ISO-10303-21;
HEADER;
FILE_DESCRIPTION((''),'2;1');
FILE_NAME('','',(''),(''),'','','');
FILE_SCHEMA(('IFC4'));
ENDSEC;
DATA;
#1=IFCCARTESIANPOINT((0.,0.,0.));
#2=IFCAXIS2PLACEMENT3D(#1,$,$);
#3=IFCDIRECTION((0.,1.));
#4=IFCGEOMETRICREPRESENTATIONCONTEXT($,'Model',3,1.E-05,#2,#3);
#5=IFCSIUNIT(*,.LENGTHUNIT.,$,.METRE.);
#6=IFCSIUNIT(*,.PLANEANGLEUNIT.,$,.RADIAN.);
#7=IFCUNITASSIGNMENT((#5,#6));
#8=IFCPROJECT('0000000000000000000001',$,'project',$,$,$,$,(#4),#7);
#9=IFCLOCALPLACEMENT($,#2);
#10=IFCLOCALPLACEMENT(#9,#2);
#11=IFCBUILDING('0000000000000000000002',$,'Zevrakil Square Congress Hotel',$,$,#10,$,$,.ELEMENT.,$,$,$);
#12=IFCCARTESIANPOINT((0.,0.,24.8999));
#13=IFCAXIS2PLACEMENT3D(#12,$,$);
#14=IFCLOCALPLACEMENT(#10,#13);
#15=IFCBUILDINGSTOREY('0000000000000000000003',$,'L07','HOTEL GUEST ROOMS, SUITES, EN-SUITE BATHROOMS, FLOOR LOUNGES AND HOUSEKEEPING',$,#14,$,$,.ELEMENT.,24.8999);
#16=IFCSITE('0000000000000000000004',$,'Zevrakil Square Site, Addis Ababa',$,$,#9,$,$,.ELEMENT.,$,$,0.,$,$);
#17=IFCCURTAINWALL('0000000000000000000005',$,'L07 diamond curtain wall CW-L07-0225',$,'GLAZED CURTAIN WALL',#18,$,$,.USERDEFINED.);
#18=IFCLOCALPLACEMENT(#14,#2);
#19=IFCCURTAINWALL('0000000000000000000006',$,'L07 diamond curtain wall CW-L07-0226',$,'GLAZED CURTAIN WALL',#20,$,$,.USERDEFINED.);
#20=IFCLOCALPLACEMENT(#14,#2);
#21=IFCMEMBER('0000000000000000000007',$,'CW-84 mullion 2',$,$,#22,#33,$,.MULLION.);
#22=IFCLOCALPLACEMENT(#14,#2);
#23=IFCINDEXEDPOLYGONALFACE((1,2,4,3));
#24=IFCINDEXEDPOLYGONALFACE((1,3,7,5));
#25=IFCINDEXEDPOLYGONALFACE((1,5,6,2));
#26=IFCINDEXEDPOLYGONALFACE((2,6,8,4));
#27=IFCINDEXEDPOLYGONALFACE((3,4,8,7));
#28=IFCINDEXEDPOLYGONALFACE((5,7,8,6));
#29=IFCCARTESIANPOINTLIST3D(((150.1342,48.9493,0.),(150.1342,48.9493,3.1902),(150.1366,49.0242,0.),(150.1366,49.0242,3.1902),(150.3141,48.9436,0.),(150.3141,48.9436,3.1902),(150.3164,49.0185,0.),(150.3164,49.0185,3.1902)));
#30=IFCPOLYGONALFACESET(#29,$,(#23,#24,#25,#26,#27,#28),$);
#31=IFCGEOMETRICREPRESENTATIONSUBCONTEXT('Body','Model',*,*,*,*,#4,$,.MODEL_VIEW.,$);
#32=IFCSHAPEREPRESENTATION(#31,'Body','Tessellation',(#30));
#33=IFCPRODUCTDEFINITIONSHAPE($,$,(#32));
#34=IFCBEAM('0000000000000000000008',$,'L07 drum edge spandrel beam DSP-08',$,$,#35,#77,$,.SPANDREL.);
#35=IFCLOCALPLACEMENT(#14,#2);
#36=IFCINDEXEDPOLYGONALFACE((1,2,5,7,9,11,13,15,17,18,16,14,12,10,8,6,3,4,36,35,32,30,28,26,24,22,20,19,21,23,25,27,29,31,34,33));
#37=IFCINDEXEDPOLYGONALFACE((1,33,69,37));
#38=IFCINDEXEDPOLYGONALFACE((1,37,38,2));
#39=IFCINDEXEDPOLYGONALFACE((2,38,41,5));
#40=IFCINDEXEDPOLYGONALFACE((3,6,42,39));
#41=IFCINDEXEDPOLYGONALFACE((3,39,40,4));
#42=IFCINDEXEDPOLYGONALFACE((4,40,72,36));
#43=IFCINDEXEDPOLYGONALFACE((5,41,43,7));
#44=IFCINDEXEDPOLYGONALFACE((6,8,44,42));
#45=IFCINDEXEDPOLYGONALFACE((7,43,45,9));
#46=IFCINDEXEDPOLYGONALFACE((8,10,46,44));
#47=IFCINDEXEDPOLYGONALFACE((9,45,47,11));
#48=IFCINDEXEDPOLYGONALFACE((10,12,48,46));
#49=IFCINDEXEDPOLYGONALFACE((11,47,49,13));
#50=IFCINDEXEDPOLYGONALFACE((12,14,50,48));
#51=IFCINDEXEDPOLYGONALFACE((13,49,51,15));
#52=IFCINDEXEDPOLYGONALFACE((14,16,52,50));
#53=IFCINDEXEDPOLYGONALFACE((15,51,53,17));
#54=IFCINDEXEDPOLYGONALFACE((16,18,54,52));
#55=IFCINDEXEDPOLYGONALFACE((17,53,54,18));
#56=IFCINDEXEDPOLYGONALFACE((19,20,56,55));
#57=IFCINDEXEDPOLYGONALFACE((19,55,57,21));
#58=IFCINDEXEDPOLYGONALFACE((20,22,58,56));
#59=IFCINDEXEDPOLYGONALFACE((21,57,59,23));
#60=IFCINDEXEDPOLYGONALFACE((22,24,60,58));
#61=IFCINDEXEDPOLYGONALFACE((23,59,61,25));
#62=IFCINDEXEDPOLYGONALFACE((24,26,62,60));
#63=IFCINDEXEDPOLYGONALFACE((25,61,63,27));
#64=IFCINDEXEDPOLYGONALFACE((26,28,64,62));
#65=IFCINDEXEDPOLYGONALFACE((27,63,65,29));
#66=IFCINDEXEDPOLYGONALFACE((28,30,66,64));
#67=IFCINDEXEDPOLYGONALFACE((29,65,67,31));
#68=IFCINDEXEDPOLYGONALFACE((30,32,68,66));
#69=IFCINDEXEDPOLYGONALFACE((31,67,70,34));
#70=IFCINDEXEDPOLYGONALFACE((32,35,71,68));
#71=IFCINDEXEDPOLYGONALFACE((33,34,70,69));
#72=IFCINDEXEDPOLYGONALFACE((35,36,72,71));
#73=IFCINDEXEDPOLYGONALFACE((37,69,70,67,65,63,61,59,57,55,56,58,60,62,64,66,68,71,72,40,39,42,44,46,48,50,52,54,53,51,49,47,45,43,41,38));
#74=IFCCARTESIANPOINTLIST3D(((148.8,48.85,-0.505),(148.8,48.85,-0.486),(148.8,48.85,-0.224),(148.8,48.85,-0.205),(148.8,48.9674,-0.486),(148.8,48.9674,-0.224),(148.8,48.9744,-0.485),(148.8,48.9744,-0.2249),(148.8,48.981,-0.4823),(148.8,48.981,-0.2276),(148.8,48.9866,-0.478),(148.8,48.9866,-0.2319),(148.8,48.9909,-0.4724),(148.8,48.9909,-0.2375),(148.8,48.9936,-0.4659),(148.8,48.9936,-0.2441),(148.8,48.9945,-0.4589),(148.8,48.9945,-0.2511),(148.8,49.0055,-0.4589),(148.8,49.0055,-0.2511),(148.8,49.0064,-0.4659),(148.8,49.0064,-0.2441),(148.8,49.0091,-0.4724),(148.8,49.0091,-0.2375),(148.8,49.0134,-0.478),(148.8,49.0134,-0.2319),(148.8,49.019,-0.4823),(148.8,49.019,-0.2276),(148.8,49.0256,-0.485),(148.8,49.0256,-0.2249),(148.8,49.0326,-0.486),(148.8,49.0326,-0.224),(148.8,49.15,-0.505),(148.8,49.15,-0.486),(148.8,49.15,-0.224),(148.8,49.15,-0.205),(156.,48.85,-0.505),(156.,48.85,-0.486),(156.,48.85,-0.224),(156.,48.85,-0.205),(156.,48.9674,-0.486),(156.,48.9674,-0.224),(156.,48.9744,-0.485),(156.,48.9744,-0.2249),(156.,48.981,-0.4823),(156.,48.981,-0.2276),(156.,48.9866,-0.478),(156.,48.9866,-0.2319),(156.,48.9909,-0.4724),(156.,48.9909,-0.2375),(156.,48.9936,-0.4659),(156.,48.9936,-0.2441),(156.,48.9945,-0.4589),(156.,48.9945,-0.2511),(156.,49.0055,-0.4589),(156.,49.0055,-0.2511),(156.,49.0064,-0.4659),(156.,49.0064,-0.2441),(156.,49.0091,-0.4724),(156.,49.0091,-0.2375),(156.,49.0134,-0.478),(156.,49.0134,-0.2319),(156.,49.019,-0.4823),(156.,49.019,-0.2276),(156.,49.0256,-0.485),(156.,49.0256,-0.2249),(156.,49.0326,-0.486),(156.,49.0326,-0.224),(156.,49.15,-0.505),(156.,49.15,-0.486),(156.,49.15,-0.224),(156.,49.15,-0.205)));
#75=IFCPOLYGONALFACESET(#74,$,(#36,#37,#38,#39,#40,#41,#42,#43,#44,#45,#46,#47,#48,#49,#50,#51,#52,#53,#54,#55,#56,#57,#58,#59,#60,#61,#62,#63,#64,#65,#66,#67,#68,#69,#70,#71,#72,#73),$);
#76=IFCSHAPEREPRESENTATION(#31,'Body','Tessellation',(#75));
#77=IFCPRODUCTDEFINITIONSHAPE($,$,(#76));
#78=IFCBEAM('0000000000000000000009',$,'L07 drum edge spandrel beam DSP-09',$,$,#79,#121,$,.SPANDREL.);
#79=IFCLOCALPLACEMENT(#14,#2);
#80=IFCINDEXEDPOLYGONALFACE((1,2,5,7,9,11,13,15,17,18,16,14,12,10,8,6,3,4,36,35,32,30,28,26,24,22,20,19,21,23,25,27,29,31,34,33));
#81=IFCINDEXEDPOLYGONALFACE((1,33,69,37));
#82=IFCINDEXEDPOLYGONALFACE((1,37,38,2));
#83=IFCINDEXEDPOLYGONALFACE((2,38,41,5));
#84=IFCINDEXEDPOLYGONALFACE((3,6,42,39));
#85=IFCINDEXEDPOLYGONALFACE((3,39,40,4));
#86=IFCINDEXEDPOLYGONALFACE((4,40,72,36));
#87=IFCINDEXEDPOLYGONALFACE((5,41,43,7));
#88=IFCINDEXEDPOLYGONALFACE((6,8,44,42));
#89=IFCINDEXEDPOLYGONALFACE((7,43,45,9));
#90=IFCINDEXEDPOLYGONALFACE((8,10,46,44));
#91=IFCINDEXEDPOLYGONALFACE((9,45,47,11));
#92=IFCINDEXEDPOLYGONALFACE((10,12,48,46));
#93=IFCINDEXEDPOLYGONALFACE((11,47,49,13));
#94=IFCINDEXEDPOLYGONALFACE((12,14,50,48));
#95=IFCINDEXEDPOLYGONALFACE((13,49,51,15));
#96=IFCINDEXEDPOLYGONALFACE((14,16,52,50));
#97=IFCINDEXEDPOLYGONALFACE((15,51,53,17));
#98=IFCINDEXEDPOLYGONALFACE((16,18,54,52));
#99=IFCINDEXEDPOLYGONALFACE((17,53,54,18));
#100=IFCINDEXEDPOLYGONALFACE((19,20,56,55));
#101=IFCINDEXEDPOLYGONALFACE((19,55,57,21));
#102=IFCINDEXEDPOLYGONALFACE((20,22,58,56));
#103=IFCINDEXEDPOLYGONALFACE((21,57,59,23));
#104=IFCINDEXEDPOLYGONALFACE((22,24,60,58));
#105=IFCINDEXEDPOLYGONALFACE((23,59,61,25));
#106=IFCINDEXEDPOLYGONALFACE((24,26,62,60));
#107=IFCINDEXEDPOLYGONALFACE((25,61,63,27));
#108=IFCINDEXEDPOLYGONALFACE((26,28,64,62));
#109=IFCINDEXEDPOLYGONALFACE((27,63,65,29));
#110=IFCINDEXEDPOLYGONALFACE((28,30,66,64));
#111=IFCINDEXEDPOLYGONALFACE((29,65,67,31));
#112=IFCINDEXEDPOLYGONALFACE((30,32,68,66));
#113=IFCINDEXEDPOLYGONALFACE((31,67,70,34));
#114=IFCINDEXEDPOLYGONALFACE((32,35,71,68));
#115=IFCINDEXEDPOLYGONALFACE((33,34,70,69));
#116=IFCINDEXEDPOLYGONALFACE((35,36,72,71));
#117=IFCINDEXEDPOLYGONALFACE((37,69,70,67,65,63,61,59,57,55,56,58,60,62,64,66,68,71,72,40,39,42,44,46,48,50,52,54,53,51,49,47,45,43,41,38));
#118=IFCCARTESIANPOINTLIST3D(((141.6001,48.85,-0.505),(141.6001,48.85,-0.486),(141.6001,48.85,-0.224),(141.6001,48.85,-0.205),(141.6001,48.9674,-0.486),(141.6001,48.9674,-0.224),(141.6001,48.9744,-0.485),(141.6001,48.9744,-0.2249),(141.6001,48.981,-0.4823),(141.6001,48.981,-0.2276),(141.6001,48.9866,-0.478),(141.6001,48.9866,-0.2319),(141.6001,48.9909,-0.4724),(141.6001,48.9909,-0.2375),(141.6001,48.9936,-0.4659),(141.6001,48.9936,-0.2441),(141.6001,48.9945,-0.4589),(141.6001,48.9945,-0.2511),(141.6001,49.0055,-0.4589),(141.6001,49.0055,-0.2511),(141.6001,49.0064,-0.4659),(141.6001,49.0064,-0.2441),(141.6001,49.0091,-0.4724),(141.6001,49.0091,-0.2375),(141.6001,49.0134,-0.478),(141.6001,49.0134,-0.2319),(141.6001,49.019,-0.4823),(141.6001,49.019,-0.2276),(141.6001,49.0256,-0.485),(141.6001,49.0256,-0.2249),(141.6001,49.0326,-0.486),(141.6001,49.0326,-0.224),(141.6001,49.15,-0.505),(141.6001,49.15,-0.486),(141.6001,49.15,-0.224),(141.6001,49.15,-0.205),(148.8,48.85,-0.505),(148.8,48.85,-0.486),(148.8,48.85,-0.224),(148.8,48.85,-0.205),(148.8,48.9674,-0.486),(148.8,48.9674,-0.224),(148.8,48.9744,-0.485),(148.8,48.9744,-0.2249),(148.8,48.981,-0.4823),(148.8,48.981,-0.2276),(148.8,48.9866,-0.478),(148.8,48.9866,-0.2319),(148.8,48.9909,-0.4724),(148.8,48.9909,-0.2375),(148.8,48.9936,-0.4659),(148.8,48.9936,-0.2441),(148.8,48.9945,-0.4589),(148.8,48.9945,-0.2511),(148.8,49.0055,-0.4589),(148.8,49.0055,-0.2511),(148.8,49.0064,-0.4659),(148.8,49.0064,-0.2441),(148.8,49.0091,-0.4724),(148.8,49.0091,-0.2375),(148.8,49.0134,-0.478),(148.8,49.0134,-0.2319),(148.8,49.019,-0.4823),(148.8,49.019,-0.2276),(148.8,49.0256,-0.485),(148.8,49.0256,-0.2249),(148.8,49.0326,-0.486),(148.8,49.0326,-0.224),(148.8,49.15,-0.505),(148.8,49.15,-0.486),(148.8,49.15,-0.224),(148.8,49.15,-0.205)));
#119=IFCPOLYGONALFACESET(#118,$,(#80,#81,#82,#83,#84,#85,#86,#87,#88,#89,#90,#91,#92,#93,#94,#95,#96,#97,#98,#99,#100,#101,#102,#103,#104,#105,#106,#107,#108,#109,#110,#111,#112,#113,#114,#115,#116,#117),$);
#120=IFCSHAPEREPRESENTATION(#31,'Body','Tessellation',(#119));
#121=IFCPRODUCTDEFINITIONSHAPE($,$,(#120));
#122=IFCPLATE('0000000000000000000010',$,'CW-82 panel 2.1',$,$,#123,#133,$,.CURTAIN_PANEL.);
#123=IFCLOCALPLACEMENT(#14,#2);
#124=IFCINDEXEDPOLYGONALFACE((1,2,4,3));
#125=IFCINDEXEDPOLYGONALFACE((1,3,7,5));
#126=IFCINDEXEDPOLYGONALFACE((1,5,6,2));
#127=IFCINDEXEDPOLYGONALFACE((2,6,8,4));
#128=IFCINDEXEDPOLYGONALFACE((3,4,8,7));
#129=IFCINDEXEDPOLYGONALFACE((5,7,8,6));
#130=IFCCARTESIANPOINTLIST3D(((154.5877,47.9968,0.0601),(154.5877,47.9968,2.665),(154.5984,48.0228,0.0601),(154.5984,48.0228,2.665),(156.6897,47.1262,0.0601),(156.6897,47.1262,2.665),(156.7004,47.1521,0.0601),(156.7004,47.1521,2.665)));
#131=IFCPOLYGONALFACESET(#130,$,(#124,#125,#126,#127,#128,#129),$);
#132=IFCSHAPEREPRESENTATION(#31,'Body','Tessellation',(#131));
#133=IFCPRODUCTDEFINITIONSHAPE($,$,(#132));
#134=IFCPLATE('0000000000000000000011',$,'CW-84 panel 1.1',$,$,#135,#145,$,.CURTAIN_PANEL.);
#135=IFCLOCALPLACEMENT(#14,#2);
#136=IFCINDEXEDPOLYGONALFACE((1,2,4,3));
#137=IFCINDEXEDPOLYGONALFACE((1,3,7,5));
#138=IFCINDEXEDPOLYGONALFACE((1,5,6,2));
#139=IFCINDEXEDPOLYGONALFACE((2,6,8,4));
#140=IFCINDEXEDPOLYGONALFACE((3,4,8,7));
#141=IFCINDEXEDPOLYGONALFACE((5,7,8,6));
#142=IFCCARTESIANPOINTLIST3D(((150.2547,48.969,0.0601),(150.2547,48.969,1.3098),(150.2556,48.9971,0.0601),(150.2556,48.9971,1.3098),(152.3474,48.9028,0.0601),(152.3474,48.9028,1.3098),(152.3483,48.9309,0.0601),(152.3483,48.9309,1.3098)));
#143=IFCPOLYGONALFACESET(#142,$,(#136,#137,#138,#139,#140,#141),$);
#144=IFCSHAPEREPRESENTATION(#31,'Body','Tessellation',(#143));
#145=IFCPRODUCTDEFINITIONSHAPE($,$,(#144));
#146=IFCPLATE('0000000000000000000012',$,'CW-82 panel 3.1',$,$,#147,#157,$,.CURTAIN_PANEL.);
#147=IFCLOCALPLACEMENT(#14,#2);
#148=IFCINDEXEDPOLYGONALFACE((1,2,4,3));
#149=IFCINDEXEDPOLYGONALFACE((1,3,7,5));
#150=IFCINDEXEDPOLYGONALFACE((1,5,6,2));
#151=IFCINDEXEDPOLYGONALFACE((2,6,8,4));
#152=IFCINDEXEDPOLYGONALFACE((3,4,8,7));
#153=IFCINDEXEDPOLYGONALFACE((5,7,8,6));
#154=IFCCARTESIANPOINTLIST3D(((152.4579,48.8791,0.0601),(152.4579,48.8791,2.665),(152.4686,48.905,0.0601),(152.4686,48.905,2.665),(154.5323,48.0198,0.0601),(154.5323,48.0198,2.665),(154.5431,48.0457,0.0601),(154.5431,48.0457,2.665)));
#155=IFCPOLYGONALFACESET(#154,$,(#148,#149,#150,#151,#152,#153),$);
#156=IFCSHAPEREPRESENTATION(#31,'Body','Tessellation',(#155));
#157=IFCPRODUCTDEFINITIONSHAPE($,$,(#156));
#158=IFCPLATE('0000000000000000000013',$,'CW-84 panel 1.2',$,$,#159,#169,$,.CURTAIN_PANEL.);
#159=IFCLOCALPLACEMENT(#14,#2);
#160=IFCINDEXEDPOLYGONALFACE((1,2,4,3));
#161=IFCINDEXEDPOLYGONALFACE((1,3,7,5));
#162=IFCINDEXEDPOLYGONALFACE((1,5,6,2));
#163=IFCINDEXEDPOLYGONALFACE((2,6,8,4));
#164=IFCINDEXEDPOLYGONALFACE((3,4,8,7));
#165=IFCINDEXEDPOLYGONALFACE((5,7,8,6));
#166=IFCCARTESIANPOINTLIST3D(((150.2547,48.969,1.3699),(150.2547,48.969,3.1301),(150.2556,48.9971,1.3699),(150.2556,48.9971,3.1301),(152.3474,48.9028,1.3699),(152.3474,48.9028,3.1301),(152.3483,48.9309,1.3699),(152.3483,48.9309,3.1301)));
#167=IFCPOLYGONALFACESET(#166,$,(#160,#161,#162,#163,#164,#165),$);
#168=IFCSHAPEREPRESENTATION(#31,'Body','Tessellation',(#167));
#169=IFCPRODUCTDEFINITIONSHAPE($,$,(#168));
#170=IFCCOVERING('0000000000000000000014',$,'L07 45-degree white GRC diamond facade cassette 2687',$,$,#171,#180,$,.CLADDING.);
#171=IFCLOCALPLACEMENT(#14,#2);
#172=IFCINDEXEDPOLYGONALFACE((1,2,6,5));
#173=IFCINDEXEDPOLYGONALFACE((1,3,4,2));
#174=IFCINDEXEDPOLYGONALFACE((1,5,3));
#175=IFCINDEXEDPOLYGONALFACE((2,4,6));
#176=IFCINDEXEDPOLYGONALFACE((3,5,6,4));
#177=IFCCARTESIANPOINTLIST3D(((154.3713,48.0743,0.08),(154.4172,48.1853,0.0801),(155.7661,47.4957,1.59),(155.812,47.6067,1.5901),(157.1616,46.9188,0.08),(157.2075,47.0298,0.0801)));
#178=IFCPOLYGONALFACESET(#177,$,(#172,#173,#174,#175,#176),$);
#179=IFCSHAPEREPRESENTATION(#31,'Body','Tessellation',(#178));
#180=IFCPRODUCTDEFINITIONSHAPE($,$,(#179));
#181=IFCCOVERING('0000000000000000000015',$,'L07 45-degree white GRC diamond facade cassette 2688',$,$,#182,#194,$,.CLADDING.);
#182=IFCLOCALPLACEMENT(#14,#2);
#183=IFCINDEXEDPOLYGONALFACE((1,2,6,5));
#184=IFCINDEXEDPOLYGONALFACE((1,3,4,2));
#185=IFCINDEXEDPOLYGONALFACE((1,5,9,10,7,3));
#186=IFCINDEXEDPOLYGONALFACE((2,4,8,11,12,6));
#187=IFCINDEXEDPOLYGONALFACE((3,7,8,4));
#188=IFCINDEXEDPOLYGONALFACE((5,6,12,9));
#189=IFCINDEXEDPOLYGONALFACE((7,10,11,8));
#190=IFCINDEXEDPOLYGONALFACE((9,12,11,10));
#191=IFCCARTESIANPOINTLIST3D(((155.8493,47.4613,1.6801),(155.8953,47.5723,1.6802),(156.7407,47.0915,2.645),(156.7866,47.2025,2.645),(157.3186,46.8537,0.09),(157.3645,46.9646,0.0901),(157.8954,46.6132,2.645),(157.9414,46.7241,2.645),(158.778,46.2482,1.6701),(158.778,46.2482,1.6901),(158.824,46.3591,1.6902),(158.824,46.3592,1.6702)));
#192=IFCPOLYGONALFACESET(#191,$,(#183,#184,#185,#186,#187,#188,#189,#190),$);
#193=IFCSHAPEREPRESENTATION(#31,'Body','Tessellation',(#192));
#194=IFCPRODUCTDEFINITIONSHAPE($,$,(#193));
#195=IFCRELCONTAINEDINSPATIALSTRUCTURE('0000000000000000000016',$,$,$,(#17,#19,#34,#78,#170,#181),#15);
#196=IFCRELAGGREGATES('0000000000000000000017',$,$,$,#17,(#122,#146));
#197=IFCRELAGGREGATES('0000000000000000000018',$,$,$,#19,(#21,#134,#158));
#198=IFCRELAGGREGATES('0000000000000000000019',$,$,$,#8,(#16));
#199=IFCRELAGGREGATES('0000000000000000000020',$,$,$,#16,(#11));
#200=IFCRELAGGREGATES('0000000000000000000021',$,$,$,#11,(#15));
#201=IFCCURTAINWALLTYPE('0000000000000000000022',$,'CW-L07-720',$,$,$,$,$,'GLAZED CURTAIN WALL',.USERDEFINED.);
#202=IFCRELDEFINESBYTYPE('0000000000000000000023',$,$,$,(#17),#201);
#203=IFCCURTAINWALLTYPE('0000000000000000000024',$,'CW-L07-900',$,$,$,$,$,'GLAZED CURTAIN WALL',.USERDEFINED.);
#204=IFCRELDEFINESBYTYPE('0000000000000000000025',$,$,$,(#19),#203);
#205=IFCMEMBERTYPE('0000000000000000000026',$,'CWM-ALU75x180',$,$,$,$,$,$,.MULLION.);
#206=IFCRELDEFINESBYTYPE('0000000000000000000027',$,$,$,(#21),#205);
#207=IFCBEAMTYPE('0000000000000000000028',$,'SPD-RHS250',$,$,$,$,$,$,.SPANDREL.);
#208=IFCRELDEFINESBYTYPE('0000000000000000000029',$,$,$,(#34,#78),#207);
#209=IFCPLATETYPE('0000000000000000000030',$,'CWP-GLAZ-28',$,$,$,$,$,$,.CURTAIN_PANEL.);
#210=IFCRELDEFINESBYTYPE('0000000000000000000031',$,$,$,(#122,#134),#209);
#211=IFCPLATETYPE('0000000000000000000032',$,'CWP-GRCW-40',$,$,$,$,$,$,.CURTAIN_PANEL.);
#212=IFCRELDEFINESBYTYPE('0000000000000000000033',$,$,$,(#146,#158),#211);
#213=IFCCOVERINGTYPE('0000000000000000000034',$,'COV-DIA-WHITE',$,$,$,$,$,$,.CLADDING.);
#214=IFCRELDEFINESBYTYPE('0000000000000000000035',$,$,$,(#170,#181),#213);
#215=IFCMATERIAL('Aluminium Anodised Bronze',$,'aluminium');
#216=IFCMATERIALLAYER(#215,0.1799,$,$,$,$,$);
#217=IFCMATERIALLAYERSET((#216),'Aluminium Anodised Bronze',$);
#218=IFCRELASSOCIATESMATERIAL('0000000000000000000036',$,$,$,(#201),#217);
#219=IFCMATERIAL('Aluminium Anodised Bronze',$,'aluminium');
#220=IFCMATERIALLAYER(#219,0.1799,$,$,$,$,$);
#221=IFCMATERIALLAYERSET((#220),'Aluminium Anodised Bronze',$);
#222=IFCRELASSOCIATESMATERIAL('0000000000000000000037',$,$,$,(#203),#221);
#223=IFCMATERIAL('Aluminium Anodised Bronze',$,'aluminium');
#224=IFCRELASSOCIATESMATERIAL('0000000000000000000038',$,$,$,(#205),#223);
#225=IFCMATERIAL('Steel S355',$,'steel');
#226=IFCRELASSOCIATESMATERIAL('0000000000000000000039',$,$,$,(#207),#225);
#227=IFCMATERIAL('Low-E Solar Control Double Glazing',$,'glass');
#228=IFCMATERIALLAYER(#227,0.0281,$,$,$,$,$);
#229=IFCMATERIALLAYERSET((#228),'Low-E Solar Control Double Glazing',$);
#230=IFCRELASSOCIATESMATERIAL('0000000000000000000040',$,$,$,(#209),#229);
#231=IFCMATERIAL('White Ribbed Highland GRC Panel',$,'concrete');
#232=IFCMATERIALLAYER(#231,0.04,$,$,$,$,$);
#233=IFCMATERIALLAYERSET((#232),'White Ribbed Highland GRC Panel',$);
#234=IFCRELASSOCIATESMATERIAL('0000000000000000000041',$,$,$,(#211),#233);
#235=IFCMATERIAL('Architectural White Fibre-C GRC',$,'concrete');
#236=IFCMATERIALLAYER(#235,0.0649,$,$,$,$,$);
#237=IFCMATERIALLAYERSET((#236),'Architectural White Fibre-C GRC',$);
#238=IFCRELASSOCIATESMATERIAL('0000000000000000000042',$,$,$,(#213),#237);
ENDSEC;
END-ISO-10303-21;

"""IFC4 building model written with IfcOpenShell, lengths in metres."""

from ifc_helpers import new_model, si_unit, direction, frame, origin, origin_2d, place, context, subcontext, project, spatial, polyline, rectangle, i_section, outline, extrude, material, layer, layer_set, material_profile, profile_set, type_object, element, aggregate, save


model = new_model("IFC4")

# Units and contexts
model_context = context("Model", 3, precision=1e-05, world=origin(), true_north=direction((0.0, 1.0)))
body_context = subcontext(model_context, "Body", "Model", "MODEL_VIEW")
ifc_project = project(units=[si_unit("LENGTHUNIT", "METRE"), si_unit("PLANEANGLEUNIT", "RADIAN")], contexts=[model_context])

# Site, building, storey
site_placement = place(None, origin())
site = spatial("IfcSite", under=ifc_project, at=site_placement, Name="Zevrakil Square Site, Addis Ababa", CompositionType="ELEMENT", RefElevation=0.0)
building_placement = place(site_placement, origin())
building = spatial("IfcBuilding", under=site, at=building_placement, Name="Zevrakil Square Congress Hotel", CompositionType="ELEMENT")
storey_placement = place(building_placement, frame((0.0, 0.0, 24.8999)))
storey = spatial("IfcBuildingStorey", under=building, at=storey_placement, Name="L07", Description="HOTEL GUEST ROOMS, SUITES, EN-SUITE BATHROOMS, FLOOR LOUNGES AND HOUSEKEEPING", CompositionType="ELEMENT", Elevation=24.8999)

# Curtain walls
ifc_material_1 = material(Name="Aluminium Anodised Bronze", Category="aluminium")
ifc_layer_1 = layer(ifc_material_1, 0.1799)
ifc_layer_set_1 = layer_set([ifc_layer_1], Name="Aluminium Anodised Bronze")
curtain_wall_type_1 = type_object("IfcCurtainWallType", Name="CW-L07-720", ElementType="GLAZED CURTAIN WALL", PredefinedType="USERDEFINED", material=ifc_layer_set_1)
curtain_wall_1_placement = place(storey_placement, origin())
curtain_wall_1 = element("IfcCurtainWall", 1, at=curtain_wall_1_placement, inside=storey, type_object=curtain_wall_type_1, Name="L07 diamond curtain wall CW-L07-0225", ObjectType="GLAZED CURTAIN WALL", PredefinedType="USERDEFINED")
ifc_material_2 = material(Name="Aluminium Anodised Bronze", Category="aluminium")
ifc_layer_2 = layer(ifc_material_2, 0.1799)
ifc_layer_set_2 = layer_set([ifc_layer_2], Name="Aluminium Anodised Bronze")
curtain_wall_type_2 = type_object("IfcCurtainWallType", Name="CW-L07-900", ElementType="GLAZED CURTAIN WALL", PredefinedType="USERDEFINED", material=ifc_layer_set_2)
curtain_wall_2_placement = place(storey_placement, origin())
curtain_wall_2 = element("IfcCurtainWall", 2, at=curtain_wall_2_placement, inside=storey, type_object=curtain_wall_type_2, Name="L07 diamond curtain wall CW-L07-0226", ObjectType="GLAZED CURTAIN WALL", PredefinedType="USERDEFINED")

# Member
ifc_material_3 = material(Name="Aluminium Anodised Bronze", Category="aluminium")
ifc_material_profile_1 = material_profile(ifc_material_3, rectangle(XDim=0.075, YDim=0.1799, at=origin_2d()), Name="ALU 75x180")
ifc_profile_set_1 = profile_set([ifc_material_profile_1], Name="Aluminium Anodised Bronze")
member_type_1 = type_object("IfcMemberType", Name="CWM-ALU75x180", PredefinedType="MULLION", material=ifc_profile_set_1)
member_1_placement = place(storey_placement, frame((150.2253, 48.9839, 0.0), z_axis=(0.0, 0.0, 1.0), x_axis=(-0.031598, -0.999501, 0.0)))
member_1 = element("IfcMember", 3, at=member_1_placement, type_object=member_type_1, Name="CW-84 mullion 2", PredefinedType="MULLION", context=body_context, shape_type="SweptSolid", body=[
    extrude(rectangle(XDim=0.075, YDim=0.1799, at=origin_2d()), origin(), (0.0, 0.0, 1.0), 3.1902),
])

# Beams
ifc_material_4 = material(Name="Steel S355", Category="steel")
ifc_material_profile_2 = material_profile(ifc_material_4, i_section(OverallWidth=0.3, OverallDepth=0.3, WebThickness=0.011, FlangeThickness=0.019, FilletRadius=0.0271, at=origin_2d()), Name="HEB 300")
ifc_profile_set_2 = profile_set([ifc_material_profile_2], Name="Steel S355")
beam_type = type_object("IfcBeamType", Name="SPD-RHS250", PredefinedType="SPANDREL", material=ifc_profile_set_2)
for number, where, z_axis, x_axis, name in (
    (4, (156.0, 49.0, -0.355), (-1.0, 0.0, 0.0), (0.0, -1.0, 0.0), "L07 drum edge spandrel beam DSP-08"),
    (5, (148.8, 49.0, -0.355), (-1.0, 0.0, 0.0), (0.0, -1.0, 0.0), "L07 drum edge spandrel beam DSP-09"),
):
    element("IfcBeam", number, at=place(storey_placement, frame(where, z_axis=z_axis, x_axis=x_axis)), inside=storey, type_object=beam_type, Name=name, PredefinedType="SPANDREL", context=body_context, shape_type="SweptSolid", body=[
        extrude(i_section(OverallWidth=0.3, OverallDepth=0.3, WebThickness=0.011, FlangeThickness=0.019, FilletRadius=0.0271, at=origin_2d()), origin(), (0.0, 0.0, 1.0), 7.2),
    ])

# Plates
ifc_material_5 = material(Name="Low-E Solar Control Double Glazing", Category="glass")
ifc_layer_3 = layer(ifc_material_5, 0.0281)
ifc_layer_set_3 = layer_set([ifc_layer_3], Name="Low-E Solar Control Double Glazing")
plate_type_1 = type_object("IfcPlateType", Name="CWP-GLAZ-28", PredefinedType="CURTAIN_PANEL", material=ifc_layer_set_3)
plate_1_placement = place(storey_placement, frame((155.644, 47.5745, 0.0601), z_axis=(0.0, 0.0, 1.0), x_axis=(-0.923879, 0.382684, 0.0)))
plate_1 = element("IfcPlate", 6, at=plate_1_placement, type_object=plate_type_1, Name="CW-82 panel 2.1", PredefinedType="CURTAIN_PANEL", context=body_context, shape_type="SweptSolid", body=[
    extrude(rectangle(XDim=2.2751, YDim=0.0281, at=origin_2d()), origin(), (0.0, 0.0, 1.0), 2.605),
])
plate_2_placement = place(storey_placement, frame((151.3015, 48.95, 0.0601), z_axis=(0.0, 0.0, 1.0), x_axis=(-0.999501, 0.031598, 0.0)))
plate_2 = element("IfcPlate", 7, at=plate_2_placement, type_object=plate_type_1, Name="CW-84 panel 1.1", PredefinedType="CURTAIN_PANEL", context=body_context, shape_type="SweptSolid", body=[
    extrude(rectangle(XDim=2.0938, YDim=0.0281, at=origin_2d()), origin(), (0.0, 0.0, 1.0), 1.2498),
])
ifc_material_6 = material(Name="White Ribbed Highland GRC Panel", Category="concrete")
ifc_layer_4 = layer(ifc_material_6, 0.04)
ifc_layer_set_4 = layer_set([ifc_layer_4], Name="White Ribbed Highland GRC Panel")
plate_type_2 = type_object("IfcPlateType", Name="CWP-GRCW-40", PredefinedType="CURTAIN_PANEL", material=ifc_layer_set_4)
plate_3_placement = place(storey_placement, frame((153.5005, 48.4624, 0.0601), z_axis=(0.0, 0.0, 1.0), x_axis=(-0.923879, 0.382684, 0.0)))
plate_3 = element("IfcPlate", 8, at=plate_3_placement, type_object=plate_type_2, Name="CW-82 panel 3.1", PredefinedType="CURTAIN_PANEL", context=body_context, shape_type="SweptSolid", body=[
    extrude(rectangle(XDim=2.2454, YDim=0.0281, at=origin_2d()), origin(), (0.0, 0.0, 1.0), 2.605),
])
aggregate(curtain_wall_1, [plate_1, plate_3])
plate_4_placement = place(storey_placement, frame((151.3015, 48.95, 1.3699), z_axis=(0.0, 0.0, 1.0), x_axis=(-0.999501, 0.031598, 0.0)))
plate_4 = element("IfcPlate", 9, at=plate_4_placement, type_object=plate_type_2, Name="CW-84 panel 1.2", PredefinedType="CURTAIN_PANEL", context=body_context, shape_type="SweptSolid", body=[
    extrude(rectangle(XDim=2.0938, YDim=0.0281, at=origin_2d()), origin(), (0.0, 0.0, 1.0), 1.7603),
])
aggregate(curtain_wall_2, [member_1, plate_2, plate_4])

# Coverings
ifc_material_7 = material(Name="Architectural White Fibre-C GRC", Category="concrete")
ifc_layer_5 = layer(ifc_material_7, 0.0649)
ifc_layer_set_5 = layer_set([ifc_layer_5], Name="Architectural White Fibre-C GRC")
covering_type_1 = type_object("IfcCoveringType", Name="COV-DIA-WHITE", PredefinedType="CLADDING", material=ifc_layer_set_5)
covering_1_placement = place(storey_placement, frame((155.812, 47.6067, 1.5901), z_axis=(0.382611, 0.923909, 0.000616), x_axis=(-0.65314, 0.270951, -0.707102)))
element("IfcCovering", 10, at=covering_1_placement, inside=storey, type_object=covering_type_1, Name="L07 45-degree white GRC diamond facade cassette 2687", PredefinedType="CLADDING", context=body_context, shape_type="SweptSolid", body=[
    extrude(outline(polyline([(0.0, 0.0), (2.1355, 0.0), (0.0, -2.1355), (0.0, 0.0)])), origin(), (0.0, 0.0, -1.0), 0.1201),
])
covering_2_placement = place(storey_placement, frame((155.8953, 47.5723, 1.6802), z_axis=(0.382684, 0.923879, 0.000562), x_axis=(0.653403, -0.270219, -0.707139)))
element("IfcCovering", 11, at=covering_2_placement, inside=storey, type_object=covering_type_1, Name="L07 45-degree white GRC diamond facade cassette 2688", PredefinedType="CLADDING", context=body_context, shape_type="SweptSolid", body=[
    extrude(outline(polyline([(0.0, 0.0), (2.2486, 0.0), (2.2485, -2.2346), (2.2344, -2.2487), (0.8839, -2.2485), (0.0001, -1.3646), (0.0, 0.0)])), origin(), (0.0, 0.0, -1.0), 0.1201),
])

save(model, "model.ifc")
